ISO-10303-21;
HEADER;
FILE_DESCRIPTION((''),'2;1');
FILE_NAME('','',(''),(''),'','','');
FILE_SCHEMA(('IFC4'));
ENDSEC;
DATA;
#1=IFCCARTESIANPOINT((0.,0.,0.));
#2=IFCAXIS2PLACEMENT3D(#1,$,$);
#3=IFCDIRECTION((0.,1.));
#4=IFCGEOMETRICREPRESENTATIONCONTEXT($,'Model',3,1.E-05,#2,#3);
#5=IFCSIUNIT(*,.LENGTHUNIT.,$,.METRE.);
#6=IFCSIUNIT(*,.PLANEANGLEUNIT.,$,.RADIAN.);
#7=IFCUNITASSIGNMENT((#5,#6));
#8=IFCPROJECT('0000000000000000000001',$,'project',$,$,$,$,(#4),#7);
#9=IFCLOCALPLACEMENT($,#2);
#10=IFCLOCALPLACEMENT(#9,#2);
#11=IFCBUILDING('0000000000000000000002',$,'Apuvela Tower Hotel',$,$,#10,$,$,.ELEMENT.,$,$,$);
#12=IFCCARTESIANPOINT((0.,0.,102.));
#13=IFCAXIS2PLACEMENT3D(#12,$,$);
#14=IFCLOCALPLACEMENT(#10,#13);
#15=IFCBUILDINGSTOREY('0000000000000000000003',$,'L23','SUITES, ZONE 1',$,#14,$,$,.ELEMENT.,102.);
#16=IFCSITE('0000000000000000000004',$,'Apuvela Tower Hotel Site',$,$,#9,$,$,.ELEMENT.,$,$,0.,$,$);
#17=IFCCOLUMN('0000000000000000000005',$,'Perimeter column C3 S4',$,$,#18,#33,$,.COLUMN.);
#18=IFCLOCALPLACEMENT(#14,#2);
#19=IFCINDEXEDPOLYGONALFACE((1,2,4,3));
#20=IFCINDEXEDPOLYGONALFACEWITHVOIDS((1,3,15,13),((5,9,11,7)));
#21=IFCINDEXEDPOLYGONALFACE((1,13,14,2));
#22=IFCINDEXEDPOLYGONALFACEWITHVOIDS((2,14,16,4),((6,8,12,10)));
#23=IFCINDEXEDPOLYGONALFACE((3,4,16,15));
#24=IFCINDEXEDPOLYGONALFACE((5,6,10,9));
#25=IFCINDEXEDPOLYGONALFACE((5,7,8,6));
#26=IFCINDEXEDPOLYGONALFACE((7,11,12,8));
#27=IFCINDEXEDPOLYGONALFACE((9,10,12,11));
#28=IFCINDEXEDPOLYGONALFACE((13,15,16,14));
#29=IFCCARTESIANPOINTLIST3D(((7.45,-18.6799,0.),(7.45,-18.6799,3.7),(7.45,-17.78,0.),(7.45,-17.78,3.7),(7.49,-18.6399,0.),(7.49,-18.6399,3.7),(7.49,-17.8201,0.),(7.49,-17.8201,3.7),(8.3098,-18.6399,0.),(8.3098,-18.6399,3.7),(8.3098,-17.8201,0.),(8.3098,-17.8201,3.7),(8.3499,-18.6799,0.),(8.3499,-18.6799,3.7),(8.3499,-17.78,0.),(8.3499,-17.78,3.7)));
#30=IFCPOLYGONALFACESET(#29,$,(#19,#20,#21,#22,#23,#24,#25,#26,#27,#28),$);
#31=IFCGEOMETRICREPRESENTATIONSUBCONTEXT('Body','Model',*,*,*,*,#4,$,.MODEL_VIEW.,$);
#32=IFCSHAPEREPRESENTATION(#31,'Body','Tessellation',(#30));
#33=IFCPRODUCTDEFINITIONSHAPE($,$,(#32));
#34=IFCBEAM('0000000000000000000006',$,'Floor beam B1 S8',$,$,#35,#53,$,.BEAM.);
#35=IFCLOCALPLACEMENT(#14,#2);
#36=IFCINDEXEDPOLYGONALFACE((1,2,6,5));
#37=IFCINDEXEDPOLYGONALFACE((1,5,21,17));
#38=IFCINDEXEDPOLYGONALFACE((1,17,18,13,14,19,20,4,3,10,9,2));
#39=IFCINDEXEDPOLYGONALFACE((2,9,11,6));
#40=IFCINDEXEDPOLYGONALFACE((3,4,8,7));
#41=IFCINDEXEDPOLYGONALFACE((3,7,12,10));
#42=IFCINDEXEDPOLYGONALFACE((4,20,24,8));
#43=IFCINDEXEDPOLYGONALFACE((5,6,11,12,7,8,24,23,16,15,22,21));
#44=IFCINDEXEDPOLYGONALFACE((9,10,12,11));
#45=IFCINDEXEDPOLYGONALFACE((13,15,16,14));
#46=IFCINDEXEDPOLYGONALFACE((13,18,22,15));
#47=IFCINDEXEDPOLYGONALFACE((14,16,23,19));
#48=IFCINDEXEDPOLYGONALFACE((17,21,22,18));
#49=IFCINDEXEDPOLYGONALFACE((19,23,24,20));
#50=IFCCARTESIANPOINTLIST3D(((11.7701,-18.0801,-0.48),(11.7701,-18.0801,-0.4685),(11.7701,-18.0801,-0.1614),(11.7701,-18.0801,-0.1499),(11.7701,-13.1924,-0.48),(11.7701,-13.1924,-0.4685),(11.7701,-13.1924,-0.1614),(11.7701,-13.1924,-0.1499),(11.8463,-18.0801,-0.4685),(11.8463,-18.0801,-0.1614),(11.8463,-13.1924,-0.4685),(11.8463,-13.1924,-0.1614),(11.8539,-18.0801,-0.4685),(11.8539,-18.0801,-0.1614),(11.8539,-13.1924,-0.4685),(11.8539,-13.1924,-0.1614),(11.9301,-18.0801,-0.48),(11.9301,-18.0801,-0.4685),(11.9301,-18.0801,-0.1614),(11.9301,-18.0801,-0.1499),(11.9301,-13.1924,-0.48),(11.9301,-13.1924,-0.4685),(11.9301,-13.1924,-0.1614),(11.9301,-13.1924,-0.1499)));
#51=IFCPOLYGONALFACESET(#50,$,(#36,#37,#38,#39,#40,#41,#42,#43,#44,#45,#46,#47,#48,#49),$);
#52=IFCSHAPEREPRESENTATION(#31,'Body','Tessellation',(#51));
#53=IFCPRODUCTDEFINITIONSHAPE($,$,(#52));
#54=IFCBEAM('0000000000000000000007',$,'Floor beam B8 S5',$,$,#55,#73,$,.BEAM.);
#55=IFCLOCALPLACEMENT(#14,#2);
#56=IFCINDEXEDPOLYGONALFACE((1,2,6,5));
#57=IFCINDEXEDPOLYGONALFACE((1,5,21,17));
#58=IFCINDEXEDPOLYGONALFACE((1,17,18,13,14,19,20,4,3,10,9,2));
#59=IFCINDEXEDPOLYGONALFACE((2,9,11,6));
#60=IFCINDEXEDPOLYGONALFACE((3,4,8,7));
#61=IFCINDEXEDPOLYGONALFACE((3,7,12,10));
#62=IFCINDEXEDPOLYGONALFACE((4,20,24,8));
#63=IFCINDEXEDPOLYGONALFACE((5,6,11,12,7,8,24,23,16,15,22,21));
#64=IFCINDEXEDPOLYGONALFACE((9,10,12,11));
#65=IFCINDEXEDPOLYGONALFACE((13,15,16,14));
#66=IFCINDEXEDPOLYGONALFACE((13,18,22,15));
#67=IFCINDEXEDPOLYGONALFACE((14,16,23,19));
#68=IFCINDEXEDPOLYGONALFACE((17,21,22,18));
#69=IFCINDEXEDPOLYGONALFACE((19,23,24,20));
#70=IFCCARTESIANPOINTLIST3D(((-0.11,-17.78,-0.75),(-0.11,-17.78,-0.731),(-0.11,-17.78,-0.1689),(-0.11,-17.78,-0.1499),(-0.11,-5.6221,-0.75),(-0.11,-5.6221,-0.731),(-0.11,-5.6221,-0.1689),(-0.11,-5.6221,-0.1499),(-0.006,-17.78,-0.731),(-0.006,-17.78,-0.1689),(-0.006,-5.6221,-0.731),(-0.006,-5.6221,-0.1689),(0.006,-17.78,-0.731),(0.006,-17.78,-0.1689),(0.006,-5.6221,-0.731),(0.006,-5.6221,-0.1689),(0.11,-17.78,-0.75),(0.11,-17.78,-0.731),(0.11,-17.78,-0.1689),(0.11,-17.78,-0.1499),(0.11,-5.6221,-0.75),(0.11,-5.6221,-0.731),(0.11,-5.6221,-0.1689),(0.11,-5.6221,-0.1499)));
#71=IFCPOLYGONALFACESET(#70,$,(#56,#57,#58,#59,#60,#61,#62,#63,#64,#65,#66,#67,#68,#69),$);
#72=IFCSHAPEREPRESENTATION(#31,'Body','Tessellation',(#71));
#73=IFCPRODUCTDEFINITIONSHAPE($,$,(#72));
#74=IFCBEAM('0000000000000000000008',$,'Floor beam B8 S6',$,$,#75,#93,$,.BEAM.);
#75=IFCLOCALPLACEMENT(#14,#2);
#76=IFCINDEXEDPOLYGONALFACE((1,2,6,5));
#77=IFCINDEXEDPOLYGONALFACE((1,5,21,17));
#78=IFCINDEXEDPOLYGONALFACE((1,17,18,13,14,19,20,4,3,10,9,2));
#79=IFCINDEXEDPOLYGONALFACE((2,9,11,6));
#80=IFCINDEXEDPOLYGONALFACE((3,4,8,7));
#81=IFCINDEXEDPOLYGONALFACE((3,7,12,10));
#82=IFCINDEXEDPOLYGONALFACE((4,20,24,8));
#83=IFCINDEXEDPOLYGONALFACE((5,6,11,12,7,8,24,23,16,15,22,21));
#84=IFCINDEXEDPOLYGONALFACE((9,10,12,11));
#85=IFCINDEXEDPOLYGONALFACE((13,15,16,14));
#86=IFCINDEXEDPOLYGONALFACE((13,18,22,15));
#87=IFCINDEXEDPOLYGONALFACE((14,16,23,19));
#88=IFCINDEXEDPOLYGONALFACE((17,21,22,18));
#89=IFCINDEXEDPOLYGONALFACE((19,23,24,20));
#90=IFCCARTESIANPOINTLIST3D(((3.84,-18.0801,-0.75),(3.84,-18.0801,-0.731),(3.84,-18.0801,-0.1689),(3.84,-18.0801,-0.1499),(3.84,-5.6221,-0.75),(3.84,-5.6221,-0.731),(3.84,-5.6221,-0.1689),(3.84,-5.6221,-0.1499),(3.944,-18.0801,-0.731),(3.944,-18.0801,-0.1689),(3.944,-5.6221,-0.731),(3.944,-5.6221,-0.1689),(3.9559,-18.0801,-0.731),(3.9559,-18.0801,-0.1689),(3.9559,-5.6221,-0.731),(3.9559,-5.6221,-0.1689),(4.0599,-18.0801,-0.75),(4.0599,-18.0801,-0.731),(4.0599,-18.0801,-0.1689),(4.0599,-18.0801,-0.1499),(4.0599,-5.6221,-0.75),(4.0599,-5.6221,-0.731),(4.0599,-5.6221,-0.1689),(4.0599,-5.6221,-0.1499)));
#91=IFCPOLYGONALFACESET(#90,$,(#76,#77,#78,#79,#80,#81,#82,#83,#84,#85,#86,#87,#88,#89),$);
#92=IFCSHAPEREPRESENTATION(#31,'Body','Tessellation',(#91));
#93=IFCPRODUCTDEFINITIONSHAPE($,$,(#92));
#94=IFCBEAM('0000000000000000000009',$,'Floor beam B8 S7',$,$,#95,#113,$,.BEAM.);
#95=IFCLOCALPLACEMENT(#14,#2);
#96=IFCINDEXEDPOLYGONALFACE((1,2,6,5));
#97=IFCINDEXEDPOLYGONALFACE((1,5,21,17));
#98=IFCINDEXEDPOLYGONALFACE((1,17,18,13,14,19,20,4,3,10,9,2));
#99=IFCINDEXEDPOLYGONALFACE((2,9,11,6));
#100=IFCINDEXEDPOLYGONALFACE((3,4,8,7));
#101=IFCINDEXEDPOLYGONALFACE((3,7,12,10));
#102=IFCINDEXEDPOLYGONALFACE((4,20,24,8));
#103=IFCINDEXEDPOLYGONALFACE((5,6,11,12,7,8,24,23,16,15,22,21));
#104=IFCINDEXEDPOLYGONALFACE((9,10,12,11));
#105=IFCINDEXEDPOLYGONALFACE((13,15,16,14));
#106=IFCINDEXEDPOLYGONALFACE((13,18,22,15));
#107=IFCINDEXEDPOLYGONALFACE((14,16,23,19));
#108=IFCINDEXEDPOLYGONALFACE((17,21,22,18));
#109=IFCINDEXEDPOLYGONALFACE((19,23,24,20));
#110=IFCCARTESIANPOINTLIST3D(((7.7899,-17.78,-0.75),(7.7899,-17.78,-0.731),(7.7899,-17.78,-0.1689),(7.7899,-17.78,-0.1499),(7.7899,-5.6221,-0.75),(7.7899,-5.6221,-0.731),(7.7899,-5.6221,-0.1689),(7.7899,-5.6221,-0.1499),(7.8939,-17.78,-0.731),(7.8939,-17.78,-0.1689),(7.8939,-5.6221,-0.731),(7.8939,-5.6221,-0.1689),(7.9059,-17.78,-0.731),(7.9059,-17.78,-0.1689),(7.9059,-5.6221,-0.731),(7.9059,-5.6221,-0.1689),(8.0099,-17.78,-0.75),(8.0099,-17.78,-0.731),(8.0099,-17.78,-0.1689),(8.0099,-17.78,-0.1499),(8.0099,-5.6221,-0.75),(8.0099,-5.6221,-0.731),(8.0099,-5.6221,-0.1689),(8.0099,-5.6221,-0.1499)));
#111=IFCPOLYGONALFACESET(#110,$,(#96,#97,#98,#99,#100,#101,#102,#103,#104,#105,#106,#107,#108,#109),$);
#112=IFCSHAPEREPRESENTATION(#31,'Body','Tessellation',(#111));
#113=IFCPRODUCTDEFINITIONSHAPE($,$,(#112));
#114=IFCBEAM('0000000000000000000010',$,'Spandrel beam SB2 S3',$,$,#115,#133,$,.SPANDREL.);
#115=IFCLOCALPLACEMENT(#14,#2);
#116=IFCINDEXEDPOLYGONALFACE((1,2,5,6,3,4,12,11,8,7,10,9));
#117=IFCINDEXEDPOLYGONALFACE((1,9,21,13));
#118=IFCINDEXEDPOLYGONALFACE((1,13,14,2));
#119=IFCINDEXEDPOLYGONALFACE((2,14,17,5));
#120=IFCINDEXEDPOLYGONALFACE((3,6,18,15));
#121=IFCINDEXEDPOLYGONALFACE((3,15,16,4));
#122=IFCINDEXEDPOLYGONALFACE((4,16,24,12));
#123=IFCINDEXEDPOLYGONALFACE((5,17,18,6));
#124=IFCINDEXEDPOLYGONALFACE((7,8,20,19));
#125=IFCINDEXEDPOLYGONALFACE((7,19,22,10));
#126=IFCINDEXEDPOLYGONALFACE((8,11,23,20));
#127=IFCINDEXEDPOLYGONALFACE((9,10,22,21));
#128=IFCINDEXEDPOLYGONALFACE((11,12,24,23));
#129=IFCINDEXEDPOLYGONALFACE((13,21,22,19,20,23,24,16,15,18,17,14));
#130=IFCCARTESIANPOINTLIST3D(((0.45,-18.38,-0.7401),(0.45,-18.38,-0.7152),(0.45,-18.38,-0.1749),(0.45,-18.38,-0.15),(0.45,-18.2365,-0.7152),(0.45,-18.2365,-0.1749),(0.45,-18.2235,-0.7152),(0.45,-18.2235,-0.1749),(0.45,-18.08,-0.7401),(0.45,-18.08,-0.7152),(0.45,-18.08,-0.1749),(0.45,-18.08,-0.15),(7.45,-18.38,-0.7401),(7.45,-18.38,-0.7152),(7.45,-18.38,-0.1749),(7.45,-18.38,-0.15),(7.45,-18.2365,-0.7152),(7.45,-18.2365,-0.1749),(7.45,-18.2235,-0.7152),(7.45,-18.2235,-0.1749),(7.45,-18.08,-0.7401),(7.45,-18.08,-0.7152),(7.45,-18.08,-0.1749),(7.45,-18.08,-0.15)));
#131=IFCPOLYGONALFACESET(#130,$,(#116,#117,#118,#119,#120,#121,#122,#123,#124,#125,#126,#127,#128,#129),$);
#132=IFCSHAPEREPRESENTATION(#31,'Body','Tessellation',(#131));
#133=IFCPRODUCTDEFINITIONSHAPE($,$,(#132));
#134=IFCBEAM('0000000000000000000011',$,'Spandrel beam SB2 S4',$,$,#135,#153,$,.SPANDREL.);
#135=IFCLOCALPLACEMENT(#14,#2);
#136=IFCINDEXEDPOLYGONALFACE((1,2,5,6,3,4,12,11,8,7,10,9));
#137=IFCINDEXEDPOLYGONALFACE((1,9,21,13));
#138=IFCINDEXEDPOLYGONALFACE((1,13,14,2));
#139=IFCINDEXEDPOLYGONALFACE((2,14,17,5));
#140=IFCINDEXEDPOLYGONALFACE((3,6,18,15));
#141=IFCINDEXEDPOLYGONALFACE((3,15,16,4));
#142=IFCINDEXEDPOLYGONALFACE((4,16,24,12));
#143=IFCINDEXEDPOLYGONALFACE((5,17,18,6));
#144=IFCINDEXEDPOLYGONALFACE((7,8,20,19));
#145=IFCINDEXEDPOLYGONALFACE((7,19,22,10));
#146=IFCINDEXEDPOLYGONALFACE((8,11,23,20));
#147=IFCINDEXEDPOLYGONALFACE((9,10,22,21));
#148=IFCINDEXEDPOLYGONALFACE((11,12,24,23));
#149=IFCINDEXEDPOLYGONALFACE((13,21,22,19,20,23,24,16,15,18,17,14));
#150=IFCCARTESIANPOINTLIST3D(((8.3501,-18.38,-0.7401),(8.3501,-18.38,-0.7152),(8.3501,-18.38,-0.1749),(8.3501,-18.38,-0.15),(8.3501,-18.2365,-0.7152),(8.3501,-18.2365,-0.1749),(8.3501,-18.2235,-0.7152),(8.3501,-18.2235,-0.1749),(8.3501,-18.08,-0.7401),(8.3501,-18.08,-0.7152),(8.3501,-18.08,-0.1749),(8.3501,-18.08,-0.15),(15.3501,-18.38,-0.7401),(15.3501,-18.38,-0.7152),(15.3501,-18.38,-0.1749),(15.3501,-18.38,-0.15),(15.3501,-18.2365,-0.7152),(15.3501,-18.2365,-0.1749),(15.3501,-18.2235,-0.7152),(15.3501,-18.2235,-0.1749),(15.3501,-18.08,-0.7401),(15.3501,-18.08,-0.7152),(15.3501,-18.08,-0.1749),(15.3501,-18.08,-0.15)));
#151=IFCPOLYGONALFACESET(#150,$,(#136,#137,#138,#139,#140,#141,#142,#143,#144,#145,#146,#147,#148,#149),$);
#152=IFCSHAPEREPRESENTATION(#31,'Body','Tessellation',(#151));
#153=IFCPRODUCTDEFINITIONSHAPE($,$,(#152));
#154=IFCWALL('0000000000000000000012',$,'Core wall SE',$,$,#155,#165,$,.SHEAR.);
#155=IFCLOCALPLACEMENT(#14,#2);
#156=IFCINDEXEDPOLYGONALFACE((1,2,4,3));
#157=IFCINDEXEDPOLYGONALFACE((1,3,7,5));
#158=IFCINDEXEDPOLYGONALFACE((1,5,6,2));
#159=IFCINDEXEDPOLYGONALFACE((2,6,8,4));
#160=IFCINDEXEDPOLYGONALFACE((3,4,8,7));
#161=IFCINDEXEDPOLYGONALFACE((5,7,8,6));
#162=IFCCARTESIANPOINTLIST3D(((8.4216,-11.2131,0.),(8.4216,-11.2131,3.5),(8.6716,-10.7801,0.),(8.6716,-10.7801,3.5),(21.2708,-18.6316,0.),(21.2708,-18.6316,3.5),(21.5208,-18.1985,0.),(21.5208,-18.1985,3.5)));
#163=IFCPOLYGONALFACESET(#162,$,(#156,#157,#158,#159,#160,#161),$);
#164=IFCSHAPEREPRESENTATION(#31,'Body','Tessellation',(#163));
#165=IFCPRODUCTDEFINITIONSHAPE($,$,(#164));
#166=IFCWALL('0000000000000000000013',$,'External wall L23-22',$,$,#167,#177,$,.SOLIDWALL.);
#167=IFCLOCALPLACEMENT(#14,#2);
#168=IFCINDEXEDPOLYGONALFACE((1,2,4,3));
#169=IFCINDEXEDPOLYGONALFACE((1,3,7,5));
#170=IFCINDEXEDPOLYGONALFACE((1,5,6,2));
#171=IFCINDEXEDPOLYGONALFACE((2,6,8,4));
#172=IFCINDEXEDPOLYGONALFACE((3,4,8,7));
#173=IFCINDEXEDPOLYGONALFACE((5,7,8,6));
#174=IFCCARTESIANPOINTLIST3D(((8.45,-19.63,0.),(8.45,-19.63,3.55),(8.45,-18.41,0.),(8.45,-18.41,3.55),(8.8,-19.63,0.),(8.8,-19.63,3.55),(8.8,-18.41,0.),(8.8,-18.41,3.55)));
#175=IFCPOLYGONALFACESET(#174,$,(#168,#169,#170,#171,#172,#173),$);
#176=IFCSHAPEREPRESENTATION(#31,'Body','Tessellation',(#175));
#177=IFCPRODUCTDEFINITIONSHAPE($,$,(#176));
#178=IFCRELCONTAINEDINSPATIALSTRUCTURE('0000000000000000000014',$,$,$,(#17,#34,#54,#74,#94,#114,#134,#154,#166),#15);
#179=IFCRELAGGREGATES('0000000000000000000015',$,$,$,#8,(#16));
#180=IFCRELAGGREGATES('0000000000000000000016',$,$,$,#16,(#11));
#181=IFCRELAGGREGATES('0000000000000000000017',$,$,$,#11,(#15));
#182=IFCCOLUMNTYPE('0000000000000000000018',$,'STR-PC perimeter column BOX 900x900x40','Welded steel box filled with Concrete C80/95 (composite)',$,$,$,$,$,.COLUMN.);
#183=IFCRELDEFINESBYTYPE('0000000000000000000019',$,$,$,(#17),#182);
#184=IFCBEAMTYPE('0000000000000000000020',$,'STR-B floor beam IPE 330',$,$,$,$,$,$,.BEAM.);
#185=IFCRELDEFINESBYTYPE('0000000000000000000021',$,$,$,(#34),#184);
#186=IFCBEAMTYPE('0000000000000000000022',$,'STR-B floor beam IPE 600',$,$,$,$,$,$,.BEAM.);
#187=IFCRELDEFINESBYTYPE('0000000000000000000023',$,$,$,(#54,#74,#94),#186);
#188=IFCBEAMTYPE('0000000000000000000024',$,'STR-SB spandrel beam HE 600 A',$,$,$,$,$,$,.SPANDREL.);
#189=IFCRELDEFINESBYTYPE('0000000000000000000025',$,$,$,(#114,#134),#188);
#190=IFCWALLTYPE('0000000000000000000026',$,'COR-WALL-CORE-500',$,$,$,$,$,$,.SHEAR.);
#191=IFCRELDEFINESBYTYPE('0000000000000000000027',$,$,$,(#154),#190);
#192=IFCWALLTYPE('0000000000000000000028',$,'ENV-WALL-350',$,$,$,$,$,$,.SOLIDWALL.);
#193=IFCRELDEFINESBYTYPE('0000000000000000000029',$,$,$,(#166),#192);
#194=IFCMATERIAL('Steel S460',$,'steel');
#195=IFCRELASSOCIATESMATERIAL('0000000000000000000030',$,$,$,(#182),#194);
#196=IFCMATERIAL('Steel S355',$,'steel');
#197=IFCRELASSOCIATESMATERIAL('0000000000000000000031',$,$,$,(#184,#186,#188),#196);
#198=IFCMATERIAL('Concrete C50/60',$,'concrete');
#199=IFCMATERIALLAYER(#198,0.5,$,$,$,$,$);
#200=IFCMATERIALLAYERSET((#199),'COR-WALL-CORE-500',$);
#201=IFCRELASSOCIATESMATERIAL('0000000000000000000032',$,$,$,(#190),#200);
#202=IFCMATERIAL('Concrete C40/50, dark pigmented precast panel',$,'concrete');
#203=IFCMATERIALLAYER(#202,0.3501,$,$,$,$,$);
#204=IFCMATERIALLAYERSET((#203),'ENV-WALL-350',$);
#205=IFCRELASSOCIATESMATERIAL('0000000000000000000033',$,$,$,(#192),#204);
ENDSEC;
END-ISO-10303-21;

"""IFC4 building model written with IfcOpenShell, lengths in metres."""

from ifc_helpers import new_model, si_unit, direction, frame, frame_2d, origin, origin_2d, place, context, subcontext, project, spatial, rectangle, hollow_rectangle, i_section, extrude, material, layer, layer_set, material_profile, profile_set, type_object, element, save


model = new_model("IFC4")

# Units and contexts
model_context = context("Model", 3, precision=1e-05, world=origin(), true_north=direction((0.0, 1.0)))
body_context = subcontext(model_context, "Body", "Model", "MODEL_VIEW")
ifc_project = project(units=[si_unit("LENGTHUNIT", "METRE"), si_unit("PLANEANGLEUNIT", "RADIAN")], contexts=[model_context])

# Site, building, storey
site_placement = place(None, origin())
site = spatial("IfcSite", under=ifc_project, at=site_placement, Name="Apuvela Tower Hotel Site", CompositionType="ELEMENT", RefElevation=0.0)
building_placement = place(site_placement, origin())
building = spatial("IfcBuilding", under=site, at=building_placement, Name="Apuvela Tower Hotel", CompositionType="ELEMENT")
storey_placement = place(building_placement, frame((0.0, 0.0, 102.0)))
storey = spatial("IfcBuildingStorey", under=building, at=storey_placement, Name="L23", Description="SUITES, ZONE 1", CompositionType="ELEMENT", Elevation=102.0)

# Column
ifc_material_1 = material(Name="Steel S460", Category="steel")
ifc_material_profile_1 = material_profile(ifc_material_1, hollow_rectangle(XDim=0.8999, YDim=0.8999, WallThickness=0.04, at=origin_2d()), Name="BOX 900x900x40")
ifc_material_2 = material(Name="Concrete C80/95", Category="concrete")
ifc_material_profile_2 = material_profile(ifc_material_2, rectangle(XDim=0.8201, YDim=0.8201, at=origin_2d()), Name="Concrete C80/95 infill")
ifc_profile_set_1 = profile_set([ifc_material_profile_1, ifc_material_profile_2], Name="Steel S460")
column_type = type_object("IfcColumnType", Name="STR-PC perimeter column BOX 900x900x40", Description="Welded steel box filled with Concrete C80/95 (composite)", PredefinedType="COLUMN", material=ifc_profile_set_1)
column_placement = place(storey_placement, frame((7.8999, -18.23, 0.0), z_axis=(0.0, 0.0, 1.0), x_axis=(-1.0, 0.0, 0.0)))
element("IfcColumn", 1, at=column_placement, inside=storey, type_object=column_type, Name="Perimeter column C3 S4", PredefinedType="COLUMN", context=body_context, shape_type="SweptSolid", body=[
    extrude(hollow_rectangle(XDim=0.8999, YDim=0.8999, WallThickness=0.04, at=origin_2d()), origin(), (0.0, 0.0, 1.0), 3.7),
])

# Beams
ifc_material_3 = material(Name="Steel S355", Category="steel")
ifc_material_profile_3 = material_profile(ifc_material_3, i_section(OverallWidth=0.1599, OverallDepth=0.3301, WebThickness=0.0076, FlangeThickness=0.0115, at=origin_2d()), Name="IPE 330")
ifc_profile_set_2 = profile_set([ifc_material_profile_3], Name="Steel S355")
beam_type_1 = type_object("IfcBeamType", Name="STR-B floor beam IPE 330", PredefinedType="BEAM", material=ifc_profile_set_2)
beam_1_placement = place(storey_placement, frame((11.8501, -18.0801, -0.3149), z_axis=(0.0, 1.0, 0.0), x_axis=(-1.0, 0.0, 0.0)))
element("IfcBeam", 2, at=beam_1_placement, inside=storey, type_object=beam_type_1, Name="Floor beam B1 S8", PredefinedType="BEAM", context=body_context, shape_type="SweptSolid", body=[
    extrude(i_section(OverallWidth=0.1599, OverallDepth=0.3301, WebThickness=0.0076, FlangeThickness=0.0115, at=origin_2d()), origin(), (0.0, 0.0, 1.0), 4.8877),
])
ifc_material_profile_4 = material_profile(ifc_material_3, i_section(OverallWidth=0.22, OverallDepth=0.6001, WebThickness=0.012, FlangeThickness=0.019, at=origin_2d()), Name="IPE 600")
ifc_profile_set_3 = profile_set([ifc_material_profile_4], Name="Steel S355")
beam_type_2 = type_object("IfcBeamType", Name="STR-B floor beam IPE 600", PredefinedType="BEAM", material=ifc_profile_set_3)
beam_2_placement = place(storey_placement, frame((0.0, -17.78, -0.45), z_axis=(0.0, 1.0, 0.0), x_axis=(-1.0, 0.0, 0.0)))
element("IfcBeam", 3, at=beam_2_placement, inside=storey, type_object=beam_type_2, Name="Floor beam B8 S5", PredefinedType="BEAM", context=body_context, shape_type="SweptSolid", body=[
    extrude(i_section(OverallWidth=0.22, OverallDepth=0.6001, WebThickness=0.012, FlangeThickness=0.019, at=origin_2d()), origin(), (0.0, 0.0, 1.0), 12.158),
])
beam_3_placement = place(storey_placement, frame((3.95, -18.0801, -0.45), z_axis=(0.0, 1.0, 0.0), x_axis=(-1.0, 0.0, 0.0)))
element("IfcBeam", 4, at=beam_3_placement, inside=storey, type_object=beam_type_2, Name="Floor beam B8 S6", PredefinedType="BEAM", context=body_context, shape_type="SweptSolid", body=[
    extrude(i_section(OverallWidth=0.22, OverallDepth=0.6001, WebThickness=0.012, FlangeThickness=0.019, at=origin_2d()), origin(), (0.0, 0.0, 1.0), 12.458),
])
beam_4_placement = place(storey_placement, frame((7.8999, -17.78, -0.45), z_axis=(0.0, 1.0, 0.0), x_axis=(-1.0, 0.0, 0.0)))
element("IfcBeam", 5, at=beam_4_placement, inside=storey, type_object=beam_type_2, Name="Floor beam B8 S7", PredefinedType="BEAM", context=body_context, shape_type="SweptSolid", body=[
    extrude(i_section(OverallWidth=0.22, OverallDepth=0.6001, WebThickness=0.012, FlangeThickness=0.019, at=origin_2d()), origin(), (0.0, 0.0, 1.0), 12.158),
])
ifc_material_profile_5 = material_profile(ifc_material_3, i_section(OverallWidth=0.3, OverallDepth=0.5901, WebThickness=0.0129, FlangeThickness=0.0249, at=origin_2d()), Name="HE 600 A")
ifc_profile_set_4 = profile_set([ifc_material_profile_5], Name="Steel S355")
beam_type_3 = type_object("IfcBeamType", Name="STR-SB spandrel beam HE 600 A", PredefinedType="SPANDREL", material=ifc_profile_set_4)
for number, where, z_axis, x_axis, name in (
    (6, (0.45, -18.23, -0.4451), (1.0, 0.0, 0.0), (0.0, 1.0, 0.0), "Spandrel beam SB2 S3"),
    (7, (8.3501, -18.23, -0.4451), (1.0, 0.0, 0.0), (0.0, 1.0, 0.0), "Spandrel beam SB2 S4"),
):
    element("IfcBeam", number, at=place(storey_placement, frame(where, z_axis=z_axis, x_axis=x_axis)), inside=storey, type_object=beam_type_3, Name=name, PredefinedType="SPANDREL", context=body_context, shape_type="SweptSolid", body=[
        extrude(i_section(OverallWidth=0.3, OverallDepth=0.5901, WebThickness=0.0129, FlangeThickness=0.0249, at=origin_2d()), origin(), (0.0, 0.0, 1.0), 7.0),
    ])

# Walls
ifc_material_4 = material(Name="Concrete C50/60", Category="concrete")
ifc_layer_1 = layer(ifc_material_4, 0.5)
ifc_layer_set_1 = layer_set([ifc_layer_1], Name="COR-WALL-CORE-500")
wall_type_1 = type_object("IfcWallType", Name="COR-WALL-CORE-500", PredefinedType="SHEAR", material=ifc_layer_set_1)
wall_1_placement = place(storey_placement, frame((8.5466, -10.9966, 0.0), z_axis=(0.0, 0.0, 1.0), x_axis=(0.866025, -0.500001, 0.0)))
element("IfcWall", 8, at=wall_1_placement, inside=storey, type_object=wall_type_1, Name="Core wall SE", PredefinedType="SHEAR", context=body_context, shape_type="SweptSolid", body=[
    extrude(rectangle(XDim=14.8369, YDim=0.5, at=frame_2d((7.4185, 0.0))), origin(), (0.0, 0.0, 1.0), 3.5),
])
ifc_material_5 = material(Name="Concrete C40/50, dark pigmented precast panel", Category="concrete")
ifc_layer_2 = layer(ifc_material_5, 0.3501)
ifc_layer_set_2 = layer_set([ifc_layer_2], Name="ENV-WALL-350")
wall_type_2 = type_object("IfcWallType", Name="ENV-WALL-350", PredefinedType="SOLIDWALL", material=ifc_layer_set_2)
wall_2_placement = place(storey_placement, frame((8.625, -19.6299, 0.0), z_axis=(0.0, 0.0, 1.0), x_axis=(0.0, 1.0, 0.0)))
element("IfcWall", 9, at=wall_2_placement, inside=storey, type_object=wall_type_2, Name="External wall L23-22", PredefinedType="SOLIDWALL", context=body_context, shape_type="SweptSolid", body=[
    extrude(rectangle(XDim=1.22, YDim=0.3501, at=frame_2d((0.6099, 0.0))), origin(), (0.0, 0.0, 1.0), 3.55),
])

save(model, "model.ifc")
